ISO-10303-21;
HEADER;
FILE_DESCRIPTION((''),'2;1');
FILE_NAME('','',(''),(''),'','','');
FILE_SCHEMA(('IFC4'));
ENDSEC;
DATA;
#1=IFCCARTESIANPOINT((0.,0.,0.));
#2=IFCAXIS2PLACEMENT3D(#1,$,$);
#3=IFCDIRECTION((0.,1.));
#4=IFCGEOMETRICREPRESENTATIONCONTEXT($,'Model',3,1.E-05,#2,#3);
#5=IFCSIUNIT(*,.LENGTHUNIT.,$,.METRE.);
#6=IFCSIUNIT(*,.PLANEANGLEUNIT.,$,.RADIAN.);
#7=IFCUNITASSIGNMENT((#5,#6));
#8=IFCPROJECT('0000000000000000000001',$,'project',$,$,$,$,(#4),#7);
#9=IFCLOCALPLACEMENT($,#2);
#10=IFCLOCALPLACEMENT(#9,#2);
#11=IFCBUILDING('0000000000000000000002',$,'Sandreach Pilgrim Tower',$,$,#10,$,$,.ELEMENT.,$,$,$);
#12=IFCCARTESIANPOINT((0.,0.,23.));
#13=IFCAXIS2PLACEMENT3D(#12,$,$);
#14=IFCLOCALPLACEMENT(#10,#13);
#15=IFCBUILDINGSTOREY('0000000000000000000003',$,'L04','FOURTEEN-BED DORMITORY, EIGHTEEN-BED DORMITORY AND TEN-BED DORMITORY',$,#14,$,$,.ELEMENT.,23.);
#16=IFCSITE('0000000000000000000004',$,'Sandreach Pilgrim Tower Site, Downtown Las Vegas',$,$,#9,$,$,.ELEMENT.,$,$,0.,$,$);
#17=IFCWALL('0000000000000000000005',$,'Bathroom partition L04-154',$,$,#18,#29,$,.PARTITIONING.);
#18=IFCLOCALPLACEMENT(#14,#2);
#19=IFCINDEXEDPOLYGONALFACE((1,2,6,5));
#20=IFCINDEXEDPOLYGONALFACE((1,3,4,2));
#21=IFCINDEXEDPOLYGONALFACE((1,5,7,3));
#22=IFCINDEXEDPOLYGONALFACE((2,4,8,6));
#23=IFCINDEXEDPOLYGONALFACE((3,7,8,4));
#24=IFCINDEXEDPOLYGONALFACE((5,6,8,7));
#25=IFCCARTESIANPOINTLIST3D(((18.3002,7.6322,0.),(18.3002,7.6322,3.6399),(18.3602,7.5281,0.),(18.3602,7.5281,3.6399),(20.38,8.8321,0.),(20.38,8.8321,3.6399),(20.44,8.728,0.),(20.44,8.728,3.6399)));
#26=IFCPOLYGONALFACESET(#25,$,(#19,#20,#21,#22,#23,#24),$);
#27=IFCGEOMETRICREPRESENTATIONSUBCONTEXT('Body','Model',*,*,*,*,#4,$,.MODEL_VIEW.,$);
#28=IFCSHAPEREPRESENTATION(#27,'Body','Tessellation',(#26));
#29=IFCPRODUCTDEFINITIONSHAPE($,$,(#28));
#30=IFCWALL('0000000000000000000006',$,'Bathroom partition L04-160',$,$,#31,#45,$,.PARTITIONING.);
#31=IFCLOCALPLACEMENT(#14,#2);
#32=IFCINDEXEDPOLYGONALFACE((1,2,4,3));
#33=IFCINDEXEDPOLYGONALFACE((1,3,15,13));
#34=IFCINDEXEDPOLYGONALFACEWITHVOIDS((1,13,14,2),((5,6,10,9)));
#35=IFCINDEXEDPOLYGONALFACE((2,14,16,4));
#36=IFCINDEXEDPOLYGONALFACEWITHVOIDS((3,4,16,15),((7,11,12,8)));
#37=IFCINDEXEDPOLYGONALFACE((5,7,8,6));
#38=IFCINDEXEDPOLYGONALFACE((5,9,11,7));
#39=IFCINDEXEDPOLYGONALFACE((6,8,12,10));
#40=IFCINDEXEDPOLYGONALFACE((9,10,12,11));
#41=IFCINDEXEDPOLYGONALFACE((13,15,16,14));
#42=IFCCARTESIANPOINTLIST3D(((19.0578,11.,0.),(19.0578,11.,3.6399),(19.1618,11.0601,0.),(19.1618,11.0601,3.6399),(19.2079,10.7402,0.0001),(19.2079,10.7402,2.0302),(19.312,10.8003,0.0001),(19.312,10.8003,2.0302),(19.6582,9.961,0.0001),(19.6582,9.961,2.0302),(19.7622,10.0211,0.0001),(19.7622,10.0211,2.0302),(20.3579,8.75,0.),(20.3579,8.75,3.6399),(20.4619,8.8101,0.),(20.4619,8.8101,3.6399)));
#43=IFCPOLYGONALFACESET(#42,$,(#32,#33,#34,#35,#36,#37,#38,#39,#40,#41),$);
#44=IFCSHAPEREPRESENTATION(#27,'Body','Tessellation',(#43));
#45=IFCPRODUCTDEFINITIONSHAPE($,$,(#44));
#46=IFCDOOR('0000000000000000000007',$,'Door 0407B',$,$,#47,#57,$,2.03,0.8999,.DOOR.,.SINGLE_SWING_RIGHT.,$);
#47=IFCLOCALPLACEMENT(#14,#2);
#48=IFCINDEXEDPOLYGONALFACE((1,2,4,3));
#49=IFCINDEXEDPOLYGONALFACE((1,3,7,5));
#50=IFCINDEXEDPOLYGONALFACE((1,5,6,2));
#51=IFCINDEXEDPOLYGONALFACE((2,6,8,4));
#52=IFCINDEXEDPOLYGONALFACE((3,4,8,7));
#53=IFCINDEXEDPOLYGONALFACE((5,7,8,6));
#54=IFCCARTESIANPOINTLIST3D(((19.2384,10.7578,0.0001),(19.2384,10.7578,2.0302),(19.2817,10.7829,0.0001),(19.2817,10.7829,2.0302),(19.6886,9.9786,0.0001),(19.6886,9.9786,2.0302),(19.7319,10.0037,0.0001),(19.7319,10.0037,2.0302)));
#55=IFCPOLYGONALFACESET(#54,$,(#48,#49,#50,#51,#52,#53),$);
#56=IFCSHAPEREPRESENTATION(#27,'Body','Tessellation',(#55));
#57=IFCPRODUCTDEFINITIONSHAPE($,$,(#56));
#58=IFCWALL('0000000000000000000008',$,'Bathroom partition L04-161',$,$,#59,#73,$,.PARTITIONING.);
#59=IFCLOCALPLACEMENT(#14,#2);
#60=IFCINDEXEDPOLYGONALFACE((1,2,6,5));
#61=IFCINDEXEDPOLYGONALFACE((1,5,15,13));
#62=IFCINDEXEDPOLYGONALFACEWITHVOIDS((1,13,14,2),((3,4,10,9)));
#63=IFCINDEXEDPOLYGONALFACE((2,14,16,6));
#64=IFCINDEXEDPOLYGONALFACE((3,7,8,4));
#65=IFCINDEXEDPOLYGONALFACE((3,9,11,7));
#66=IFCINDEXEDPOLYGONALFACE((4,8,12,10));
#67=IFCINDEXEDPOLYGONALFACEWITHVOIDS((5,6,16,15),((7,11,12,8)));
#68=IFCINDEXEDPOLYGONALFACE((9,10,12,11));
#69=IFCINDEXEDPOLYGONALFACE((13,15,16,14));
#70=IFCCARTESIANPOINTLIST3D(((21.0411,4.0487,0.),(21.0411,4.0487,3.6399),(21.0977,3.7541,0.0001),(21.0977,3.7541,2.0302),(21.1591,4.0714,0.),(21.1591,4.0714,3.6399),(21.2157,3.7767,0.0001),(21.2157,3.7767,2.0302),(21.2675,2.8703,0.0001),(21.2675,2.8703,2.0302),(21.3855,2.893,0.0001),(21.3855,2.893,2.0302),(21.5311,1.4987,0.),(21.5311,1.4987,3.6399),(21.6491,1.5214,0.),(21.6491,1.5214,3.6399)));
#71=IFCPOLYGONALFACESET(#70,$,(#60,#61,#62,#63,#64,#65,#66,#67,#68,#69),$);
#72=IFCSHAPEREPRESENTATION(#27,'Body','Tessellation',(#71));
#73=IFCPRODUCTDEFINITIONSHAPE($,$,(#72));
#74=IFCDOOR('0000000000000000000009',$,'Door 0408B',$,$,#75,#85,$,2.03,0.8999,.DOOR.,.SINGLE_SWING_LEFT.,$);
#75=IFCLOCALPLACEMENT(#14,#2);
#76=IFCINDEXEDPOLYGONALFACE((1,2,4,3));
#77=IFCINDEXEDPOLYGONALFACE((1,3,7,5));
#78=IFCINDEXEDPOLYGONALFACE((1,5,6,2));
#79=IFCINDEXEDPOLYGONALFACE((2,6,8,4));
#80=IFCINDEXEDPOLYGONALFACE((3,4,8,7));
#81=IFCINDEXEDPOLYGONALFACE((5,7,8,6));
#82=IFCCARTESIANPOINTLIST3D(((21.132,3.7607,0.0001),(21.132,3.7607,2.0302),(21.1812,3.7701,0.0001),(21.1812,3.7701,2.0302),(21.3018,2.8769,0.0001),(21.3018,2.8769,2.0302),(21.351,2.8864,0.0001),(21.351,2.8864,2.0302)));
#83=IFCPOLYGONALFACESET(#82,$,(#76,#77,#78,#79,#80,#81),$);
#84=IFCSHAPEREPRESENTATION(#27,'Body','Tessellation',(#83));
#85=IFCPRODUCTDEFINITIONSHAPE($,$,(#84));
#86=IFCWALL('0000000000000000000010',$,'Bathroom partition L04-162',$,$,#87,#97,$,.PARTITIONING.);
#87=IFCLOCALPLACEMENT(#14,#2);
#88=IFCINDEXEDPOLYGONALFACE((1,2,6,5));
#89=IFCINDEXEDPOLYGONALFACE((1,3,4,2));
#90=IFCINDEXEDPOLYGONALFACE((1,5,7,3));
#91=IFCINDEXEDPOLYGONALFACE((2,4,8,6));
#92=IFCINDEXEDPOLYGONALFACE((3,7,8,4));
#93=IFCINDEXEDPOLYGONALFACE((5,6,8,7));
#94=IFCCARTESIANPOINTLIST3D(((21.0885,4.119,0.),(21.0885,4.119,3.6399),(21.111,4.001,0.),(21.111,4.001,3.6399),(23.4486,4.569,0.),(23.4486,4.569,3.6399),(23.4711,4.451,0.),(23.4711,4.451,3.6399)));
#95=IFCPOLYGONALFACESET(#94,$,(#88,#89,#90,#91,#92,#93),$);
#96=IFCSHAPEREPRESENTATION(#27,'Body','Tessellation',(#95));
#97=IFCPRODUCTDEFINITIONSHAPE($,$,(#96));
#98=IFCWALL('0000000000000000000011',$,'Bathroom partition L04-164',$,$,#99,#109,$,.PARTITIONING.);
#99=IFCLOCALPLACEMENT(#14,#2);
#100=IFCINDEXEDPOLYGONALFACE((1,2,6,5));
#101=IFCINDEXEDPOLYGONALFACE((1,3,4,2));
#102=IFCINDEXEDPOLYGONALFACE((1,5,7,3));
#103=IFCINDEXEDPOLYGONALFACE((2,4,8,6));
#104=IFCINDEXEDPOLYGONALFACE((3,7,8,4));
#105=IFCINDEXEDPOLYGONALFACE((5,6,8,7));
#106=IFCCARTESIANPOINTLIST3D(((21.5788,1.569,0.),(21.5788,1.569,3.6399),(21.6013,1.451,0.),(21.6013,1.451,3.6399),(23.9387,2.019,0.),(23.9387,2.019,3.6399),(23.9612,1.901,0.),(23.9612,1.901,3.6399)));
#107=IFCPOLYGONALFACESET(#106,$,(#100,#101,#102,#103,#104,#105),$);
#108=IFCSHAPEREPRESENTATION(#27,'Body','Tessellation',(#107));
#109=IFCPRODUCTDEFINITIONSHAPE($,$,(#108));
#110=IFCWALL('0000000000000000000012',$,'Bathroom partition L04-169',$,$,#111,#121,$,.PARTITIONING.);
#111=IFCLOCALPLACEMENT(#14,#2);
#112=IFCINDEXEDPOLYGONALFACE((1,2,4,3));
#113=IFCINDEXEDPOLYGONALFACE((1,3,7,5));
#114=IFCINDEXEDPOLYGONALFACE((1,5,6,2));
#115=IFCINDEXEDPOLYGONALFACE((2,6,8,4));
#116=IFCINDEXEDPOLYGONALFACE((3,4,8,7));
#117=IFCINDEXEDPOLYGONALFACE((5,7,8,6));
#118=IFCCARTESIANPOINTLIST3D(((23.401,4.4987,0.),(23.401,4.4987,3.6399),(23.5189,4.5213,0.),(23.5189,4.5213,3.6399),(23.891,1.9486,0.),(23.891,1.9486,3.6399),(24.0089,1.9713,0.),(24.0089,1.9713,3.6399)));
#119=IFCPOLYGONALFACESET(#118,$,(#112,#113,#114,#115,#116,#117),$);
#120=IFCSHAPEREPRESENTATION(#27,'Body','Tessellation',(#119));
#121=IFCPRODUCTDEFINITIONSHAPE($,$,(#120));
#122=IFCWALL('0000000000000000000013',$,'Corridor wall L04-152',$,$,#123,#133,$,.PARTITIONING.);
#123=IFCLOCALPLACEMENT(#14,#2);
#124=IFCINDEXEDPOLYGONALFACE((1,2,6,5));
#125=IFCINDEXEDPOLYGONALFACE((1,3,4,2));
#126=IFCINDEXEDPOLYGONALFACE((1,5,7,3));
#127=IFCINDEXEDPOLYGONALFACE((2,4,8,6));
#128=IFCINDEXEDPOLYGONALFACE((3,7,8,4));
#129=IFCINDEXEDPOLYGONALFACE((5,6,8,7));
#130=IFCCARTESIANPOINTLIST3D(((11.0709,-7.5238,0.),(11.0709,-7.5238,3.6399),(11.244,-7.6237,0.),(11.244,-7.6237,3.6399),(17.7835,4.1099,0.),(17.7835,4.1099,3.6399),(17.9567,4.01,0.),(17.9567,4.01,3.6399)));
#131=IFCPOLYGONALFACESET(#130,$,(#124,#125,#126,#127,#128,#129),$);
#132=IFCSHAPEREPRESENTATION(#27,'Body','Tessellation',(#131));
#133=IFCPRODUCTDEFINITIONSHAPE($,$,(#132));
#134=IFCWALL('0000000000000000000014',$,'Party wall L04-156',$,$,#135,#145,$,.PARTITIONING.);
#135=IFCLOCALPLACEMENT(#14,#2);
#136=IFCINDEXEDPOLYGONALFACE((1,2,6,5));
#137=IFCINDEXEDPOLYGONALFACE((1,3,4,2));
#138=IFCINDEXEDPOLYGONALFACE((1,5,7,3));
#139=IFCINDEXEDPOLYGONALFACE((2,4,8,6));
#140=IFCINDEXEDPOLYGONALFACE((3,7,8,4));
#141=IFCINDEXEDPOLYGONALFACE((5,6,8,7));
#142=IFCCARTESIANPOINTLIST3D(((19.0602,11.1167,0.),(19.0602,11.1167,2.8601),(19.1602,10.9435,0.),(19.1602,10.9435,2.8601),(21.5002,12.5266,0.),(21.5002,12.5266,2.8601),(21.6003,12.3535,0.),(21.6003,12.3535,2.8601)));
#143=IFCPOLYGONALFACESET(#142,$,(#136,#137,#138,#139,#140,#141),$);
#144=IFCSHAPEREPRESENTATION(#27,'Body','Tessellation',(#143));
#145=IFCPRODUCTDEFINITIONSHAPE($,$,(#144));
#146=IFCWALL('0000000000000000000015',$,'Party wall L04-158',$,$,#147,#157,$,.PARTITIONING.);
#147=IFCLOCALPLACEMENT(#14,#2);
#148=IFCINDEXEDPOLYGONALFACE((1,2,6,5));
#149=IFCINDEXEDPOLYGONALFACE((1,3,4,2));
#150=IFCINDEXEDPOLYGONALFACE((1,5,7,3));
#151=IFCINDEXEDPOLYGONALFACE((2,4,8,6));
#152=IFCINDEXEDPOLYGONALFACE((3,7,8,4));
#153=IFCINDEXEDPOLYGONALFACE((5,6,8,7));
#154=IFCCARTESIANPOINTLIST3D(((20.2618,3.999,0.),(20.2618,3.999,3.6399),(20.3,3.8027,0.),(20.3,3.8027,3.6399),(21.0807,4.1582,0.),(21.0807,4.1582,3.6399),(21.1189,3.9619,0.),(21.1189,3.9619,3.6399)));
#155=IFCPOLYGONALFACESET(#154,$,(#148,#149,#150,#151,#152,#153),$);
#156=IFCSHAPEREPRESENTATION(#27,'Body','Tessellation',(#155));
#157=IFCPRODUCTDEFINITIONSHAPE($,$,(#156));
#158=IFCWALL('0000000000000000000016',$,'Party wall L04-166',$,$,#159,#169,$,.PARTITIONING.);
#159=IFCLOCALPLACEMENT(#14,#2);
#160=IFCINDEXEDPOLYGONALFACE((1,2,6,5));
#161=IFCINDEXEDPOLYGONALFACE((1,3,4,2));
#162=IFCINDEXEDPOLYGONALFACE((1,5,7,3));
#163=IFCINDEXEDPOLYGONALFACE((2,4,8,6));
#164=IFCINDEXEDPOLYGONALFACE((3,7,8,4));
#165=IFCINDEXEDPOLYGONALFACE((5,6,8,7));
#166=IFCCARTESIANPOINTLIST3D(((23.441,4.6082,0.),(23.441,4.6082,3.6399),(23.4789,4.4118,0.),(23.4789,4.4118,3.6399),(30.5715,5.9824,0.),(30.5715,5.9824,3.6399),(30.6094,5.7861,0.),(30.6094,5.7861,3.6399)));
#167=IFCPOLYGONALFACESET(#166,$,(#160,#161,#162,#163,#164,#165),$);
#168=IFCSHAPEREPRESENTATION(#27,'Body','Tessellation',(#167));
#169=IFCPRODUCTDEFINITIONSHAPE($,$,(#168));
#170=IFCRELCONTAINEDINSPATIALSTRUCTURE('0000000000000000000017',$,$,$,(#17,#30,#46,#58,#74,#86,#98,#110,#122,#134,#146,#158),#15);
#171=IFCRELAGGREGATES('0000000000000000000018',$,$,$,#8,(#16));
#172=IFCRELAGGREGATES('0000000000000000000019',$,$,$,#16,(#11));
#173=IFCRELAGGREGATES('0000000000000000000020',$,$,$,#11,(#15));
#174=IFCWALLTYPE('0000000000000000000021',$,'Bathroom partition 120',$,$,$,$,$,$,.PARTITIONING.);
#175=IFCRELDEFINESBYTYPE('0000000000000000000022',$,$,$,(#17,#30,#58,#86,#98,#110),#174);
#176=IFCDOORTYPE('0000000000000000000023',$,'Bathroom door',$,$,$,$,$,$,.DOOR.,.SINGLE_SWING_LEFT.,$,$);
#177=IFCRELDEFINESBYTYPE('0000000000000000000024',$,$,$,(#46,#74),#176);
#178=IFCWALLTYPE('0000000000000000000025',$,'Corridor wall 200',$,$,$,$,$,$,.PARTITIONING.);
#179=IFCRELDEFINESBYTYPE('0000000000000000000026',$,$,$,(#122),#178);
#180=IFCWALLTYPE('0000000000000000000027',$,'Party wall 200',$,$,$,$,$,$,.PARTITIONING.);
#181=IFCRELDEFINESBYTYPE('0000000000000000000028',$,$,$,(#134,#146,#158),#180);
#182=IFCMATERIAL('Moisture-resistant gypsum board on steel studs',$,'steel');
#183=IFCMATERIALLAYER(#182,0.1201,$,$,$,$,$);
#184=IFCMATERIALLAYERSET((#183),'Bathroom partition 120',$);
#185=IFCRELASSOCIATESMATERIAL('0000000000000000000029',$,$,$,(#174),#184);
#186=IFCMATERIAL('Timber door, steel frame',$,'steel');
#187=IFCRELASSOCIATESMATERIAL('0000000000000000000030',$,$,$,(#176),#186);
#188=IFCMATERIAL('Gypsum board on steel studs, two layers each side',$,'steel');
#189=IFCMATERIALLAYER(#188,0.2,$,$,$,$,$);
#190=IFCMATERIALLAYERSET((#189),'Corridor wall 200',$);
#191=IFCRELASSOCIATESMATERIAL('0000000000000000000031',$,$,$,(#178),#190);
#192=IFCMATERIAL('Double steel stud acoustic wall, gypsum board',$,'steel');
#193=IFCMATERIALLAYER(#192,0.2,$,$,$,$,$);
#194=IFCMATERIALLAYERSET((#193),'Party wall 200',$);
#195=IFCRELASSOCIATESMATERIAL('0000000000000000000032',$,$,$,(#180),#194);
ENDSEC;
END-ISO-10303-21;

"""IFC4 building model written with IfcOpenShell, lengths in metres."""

from ifc_helpers import new_model, si_unit, direction, frame, frame_2d, origin, place, context, subcontext, project, spatial, rectangle, extrude, material, layer, layer_set, type_object, element, fill, save


model = new_model("IFC4")

# Units and contexts
model_context = context("Model", 3, precision=1e-05, world=origin(), true_north=direction((0.0, 1.0)))
body_context = subcontext(model_context, "Body", "Model", "MODEL_VIEW")
ifc_project = project(units=[si_unit("LENGTHUNIT", "METRE"), si_unit("PLANEANGLEUNIT", "RADIAN")], contexts=[model_context])

# Site, building, storey
site_placement = place(None, origin())
site = spatial("IfcSite", under=ifc_project, at=site_placement, Name="Sandreach Pilgrim Tower Site, Downtown Las Vegas", CompositionType="ELEMENT", RefElevation=0.0)
building_placement = place(site_placement, origin())
building = spatial("IfcBuilding", under=site, at=building_placement, Name="Sandreach Pilgrim Tower", CompositionType="ELEMENT")
storey_placement = place(building_placement, frame((0.0, 0.0, 23.0)))
storey = spatial("IfcBuildingStorey", under=building, at=storey_placement, Name="L04", Description="FOURTEEN-BED DORMITORY, EIGHTEEN-BED DORMITORY AND TEN-BED DORMITORY", CompositionType="ELEMENT", Elevation=23.0)

# Wall
ifc_material_1 = material(Name="Moisture-resistant gypsum board on steel studs", Category="steel")
ifc_layer_1 = layer(ifc_material_1, 0.1201)
ifc_layer_set_1 = layer_set([ifc_layer_1], Name="Bathroom partition 120")
wall_type_1 = type_object("IfcWallType", Name="Bathroom partition 120", PredefinedType="PARTITIONING", material=ifc_layer_set_1)
wall_1_placement = place(storey_placement, frame((18.3301, 7.5801, 0.0), z_axis=(0.0, 0.0, 1.0), x_axis=(0.866177, 0.499737, 0.0)))
element("IfcWall", 1, at=wall_1_placement, inside=storey, type_object=wall_type_1, Name="Bathroom partition L04-154", PredefinedType="PARTITIONING", context=body_context, shape_type="SweptSolid", body=[
    extrude(rectangle(XDim=2.4011, YDim=0.1201, at=frame_2d((1.2007, 0.0))), origin(), (0.0, 0.0, 1.0), 3.6399),
])

# Walls, openings, doors
wall_2_placement = place(storey_placement, frame((20.4099, 8.78, 0.0), z_axis=(0.0, 0.0, 1.0), x_axis=(-0.500292, 0.865857, 0.0)))
wall_2 = element("IfcWall", 2, at=wall_2_placement, inside=storey, type_object=wall_type_1, Name="Bathroom partition L04-160", PredefinedType="PARTITIONING", context=body_context, shape_type="SweptSolid", body=[
    extrude(rectangle(XDim=2.5986, YDim=0.1201, at=frame_2d((1.2993, 0.0))), origin(), (0.0, 0.0, 1.0), 3.6399),
])
opening_1_placement = place(wall_2_placement, frame((1.3987, 0.0, 0.0)))
opening_1 = element("IfcOpeningElement", 3, at=opening_1_placement, cuts=wall_2, PredefinedType="OPENING", context=body_context, shape_type="SweptSolid", body=[
    extrude(rectangle(XDim=0.8999, YDim=2.03, at=frame_2d((0.45, 1.0151))), frame((0.0, 0.0601, 0.0), z_axis=(0.0, -1.0, 0.0), x_axis=(1.0, 0.0, 0.0)), (0.0, 0.0, 1.0), 0.1201),
])
ifc_material_2 = material(Name="Timber door, steel frame", Category="steel")
door_type_1 = type_object("IfcDoorType", Name="Bathroom door", OperationType="SINGLE_SWING_LEFT", PredefinedType="DOOR", material=ifc_material_2)
door_1_placement = place(opening_1_placement, origin())
door_1 = element("IfcDoor", 4, at=door_1_placement, inside=storey, type_object=door_type_1, Name="Door 0407B", OperationType="SINGLE_SWING_RIGHT", OverallHeight=2.03, OverallWidth=0.8999, PredefinedType="DOOR", context=body_context, shape_type="SweptSolid", body=[
    extrude(rectangle(XDim=0.8999, YDim=2.03, at=frame_2d((0.45, 1.0151))), frame((0.0, 0.0249, 0.0), z_axis=(0.0, -1.0, 0.0), x_axis=(1.0, 0.0, 0.0)), (0.0, 0.0, 1.0), 0.05),
])
fill(opening_1, door_1)
wall_3_placement = place(storey_placement, frame((21.1001, 4.0601, 0.0), z_axis=(0.0, 0.0, 1.0), x_axis=(0.188697, -0.982035, 0.0)))
wall_3 = element("IfcWall", 5, at=wall_3_placement, inside=storey, type_object=wall_type_1, Name="Bathroom partition L04-161", PredefinedType="PARTITIONING", context=body_context, shape_type="SweptSolid", body=[
    extrude(rectangle(XDim=2.5967, YDim=0.1201, at=frame_2d((1.2983, 0.0))), origin(), (0.0, 0.0, 1.0), 3.6399),
])
opening_2_placement = place(wall_3_placement, frame((0.3, 0.0, 0.0)))
opening_2 = element("IfcOpeningElement", 6, at=opening_2_placement, cuts=wall_3, PredefinedType="OPENING", context=body_context, shape_type="SweptSolid", body=[
    extrude(rectangle(XDim=0.8999, YDim=2.03, at=frame_2d((0.45, 1.0151))), frame((0.0, 0.0601, 0.0), z_axis=(0.0, -1.0, 0.0), x_axis=(1.0, 0.0, 0.0)), (0.0, 0.0, 1.0), 0.1201),
])
door_2_placement = place(opening_2_placement, origin())
door_2 = element("IfcDoor", 7, at=door_2_placement, inside=storey, type_object=door_type_1, Name="Door 0408B", OperationType="SINGLE_SWING_LEFT", OverallHeight=2.03, OverallWidth=0.8999, PredefinedType="DOOR", context=body_context, shape_type="SweptSolid", body=[
    extrude(rectangle(XDim=0.8999, YDim=2.03, at=frame_2d((0.45, 1.0151))), frame((0.0, 0.0249, 0.0), z_axis=(0.0, -1.0, 0.0), x_axis=(1.0, 0.0, 0.0)), (0.0, 0.0, 1.0), 0.05),
])
fill(opening_2, door_2)

# Walls
wall_4_placement = place(storey_placement, frame((21.0999, 4.0601, 0.0), z_axis=(0.0, 0.0, 1.0), x_axis=(0.982307, 0.187276, 0.0)))
element("IfcWall", 8, at=wall_4_placement, inside=storey, type_object=wall_type_1, Name="Bathroom partition L04-162", PredefinedType="PARTITIONING", context=body_context, shape_type="SweptSolid", body=[
    extrude(rectangle(XDim=2.4026, YDim=0.1201, at=frame_2d((1.2012, 0.0))), origin(), (0.0, 0.0, 1.0), 3.6399),
])
wall_5_placement = place(storey_placement, frame((21.5901, 1.51, 0.0), z_axis=(0.0, 0.0, 1.0), x_axis=(0.982304, 0.187294, 0.0)))
element("IfcWall", 9, at=wall_5_placement, inside=storey, type_object=wall_type_1, Name="Bathroom partition L04-164", PredefinedType="PARTITIONING", context=body_context, shape_type="SweptSolid", body=[
    extrude(rectangle(XDim=2.4023, YDim=0.1201, at=frame_2d((1.2012, 0.0))), origin(), (0.0, 0.0, 1.0), 3.6399),
])
wall_6_placement = place(storey_placement, frame((23.95, 1.96, 0.0), z_axis=(0.0, 0.0, 1.0), x_axis=(-0.188697, 0.982035, 0.0)))
element("IfcWall", 10, at=wall_6_placement, inside=storey, type_object=wall_type_1, Name="Bathroom partition L04-169", PredefinedType="PARTITIONING", context=body_context, shape_type="SweptSolid", body=[
    extrude(rectangle(XDim=2.5967, YDim=0.1201, at=frame_2d((1.2983, 0.0))), origin(), (0.0, 0.0, 1.0), 3.6399),
])
ifc_material_3 = material(Name="Gypsum board on steel studs, two layers each side", Category="steel")
ifc_layer_2 = layer(ifc_material_3, 0.2)
ifc_layer_set_2 = layer_set([ifc_layer_2], Name="Corridor wall 200")
wall_type_2 = type_object("IfcWallType", Name="Corridor wall 200", PredefinedType="PARTITIONING", material=ifc_layer_set_2)
wall_7_placement = place(storey_placement, frame((17.8701, 4.0601, 0.0), z_axis=(0.0, 0.0, 1.0), x_axis=(-0.49977, -0.866158, 0.0)))
element("IfcWall", 11, at=wall_7_placement, inside=storey, type_object=wall_type_2, Name="Corridor wall L04-152", PredefinedType="PARTITIONING", context=body_context, shape_type="SweptSolid", body=[
    extrude(rectangle(XDim=13.4314, YDim=0.2, at=frame_2d((6.7158, 0.0))), origin(), (0.0, 0.0, 1.0), 3.6399),
])

# Walls
ifc_material_4 = material(Name="Double steel stud acoustic wall, gypsum board", Category="steel")
ifc_layer_3 = layer(ifc_material_4, 0.2)
ifc_layer_set_3 = layer_set([ifc_layer_3], Name="Party wall 200")
wall_type_3 = type_object("IfcWallType", Name="Party wall 200", PredefinedType="PARTITIONING", material=ifc_layer_set_3)
wall_8_placement = place(storey_placement, frame((19.1101, 11.03, 0.0), z_axis=(0.0, 0.0, 1.0), x_axis=(0.865839, 0.500322, 0.0)))
element("IfcWall", 12, at=wall_8_placement, inside=storey, type_object=wall_type_3, Name="Party wall L04-156", PredefinedType="PARTITIONING", context=body_context, shape_type="SweptSolid", body=[
    extrude(rectangle(XDim=2.8181, YDim=0.2, at=frame_2d((1.4092, 0.0))), origin(), (0.0, 0.0, 1.0), 2.8601),
])
wall_9_placement = place(storey_placement, frame((20.281, 3.9009, 0.0), z_axis=(0.0, 0.0, 1.0), x_axis=(0.981625, 0.190823, 0.0)))
element("IfcWall", 13, at=wall_9_placement, inside=storey, type_object=wall_type_3, Name="Party wall L04-158", PredefinedType="PARTITIONING", context=body_context, shape_type="SweptSolid", body=[
    extrude(rectangle(XDim=0.8342, YDim=0.2, at=frame_2d((0.417, 0.0))), origin(), (0.0, 0.0, 1.0), 3.6399),
])
wall_10_placement = place(storey_placement, frame((23.46, 4.51, 0.0), z_axis=(0.0, 0.0, 1.0), x_axis=(0.98193, 0.189245, 0.0)))
element("IfcWall", 14, at=wall_10_placement, inside=storey, type_object=wall_type_3, Name="Party wall L04-166", PredefinedType="PARTITIONING", context=body_context, shape_type="SweptSolid", body=[
    extrude(rectangle(XDim=7.2617, YDim=0.2, at=frame_2d((3.6309, 0.0))), origin(), (0.0, 0.0, 1.0), 3.6399),
])

save(model, "model.ifc")
